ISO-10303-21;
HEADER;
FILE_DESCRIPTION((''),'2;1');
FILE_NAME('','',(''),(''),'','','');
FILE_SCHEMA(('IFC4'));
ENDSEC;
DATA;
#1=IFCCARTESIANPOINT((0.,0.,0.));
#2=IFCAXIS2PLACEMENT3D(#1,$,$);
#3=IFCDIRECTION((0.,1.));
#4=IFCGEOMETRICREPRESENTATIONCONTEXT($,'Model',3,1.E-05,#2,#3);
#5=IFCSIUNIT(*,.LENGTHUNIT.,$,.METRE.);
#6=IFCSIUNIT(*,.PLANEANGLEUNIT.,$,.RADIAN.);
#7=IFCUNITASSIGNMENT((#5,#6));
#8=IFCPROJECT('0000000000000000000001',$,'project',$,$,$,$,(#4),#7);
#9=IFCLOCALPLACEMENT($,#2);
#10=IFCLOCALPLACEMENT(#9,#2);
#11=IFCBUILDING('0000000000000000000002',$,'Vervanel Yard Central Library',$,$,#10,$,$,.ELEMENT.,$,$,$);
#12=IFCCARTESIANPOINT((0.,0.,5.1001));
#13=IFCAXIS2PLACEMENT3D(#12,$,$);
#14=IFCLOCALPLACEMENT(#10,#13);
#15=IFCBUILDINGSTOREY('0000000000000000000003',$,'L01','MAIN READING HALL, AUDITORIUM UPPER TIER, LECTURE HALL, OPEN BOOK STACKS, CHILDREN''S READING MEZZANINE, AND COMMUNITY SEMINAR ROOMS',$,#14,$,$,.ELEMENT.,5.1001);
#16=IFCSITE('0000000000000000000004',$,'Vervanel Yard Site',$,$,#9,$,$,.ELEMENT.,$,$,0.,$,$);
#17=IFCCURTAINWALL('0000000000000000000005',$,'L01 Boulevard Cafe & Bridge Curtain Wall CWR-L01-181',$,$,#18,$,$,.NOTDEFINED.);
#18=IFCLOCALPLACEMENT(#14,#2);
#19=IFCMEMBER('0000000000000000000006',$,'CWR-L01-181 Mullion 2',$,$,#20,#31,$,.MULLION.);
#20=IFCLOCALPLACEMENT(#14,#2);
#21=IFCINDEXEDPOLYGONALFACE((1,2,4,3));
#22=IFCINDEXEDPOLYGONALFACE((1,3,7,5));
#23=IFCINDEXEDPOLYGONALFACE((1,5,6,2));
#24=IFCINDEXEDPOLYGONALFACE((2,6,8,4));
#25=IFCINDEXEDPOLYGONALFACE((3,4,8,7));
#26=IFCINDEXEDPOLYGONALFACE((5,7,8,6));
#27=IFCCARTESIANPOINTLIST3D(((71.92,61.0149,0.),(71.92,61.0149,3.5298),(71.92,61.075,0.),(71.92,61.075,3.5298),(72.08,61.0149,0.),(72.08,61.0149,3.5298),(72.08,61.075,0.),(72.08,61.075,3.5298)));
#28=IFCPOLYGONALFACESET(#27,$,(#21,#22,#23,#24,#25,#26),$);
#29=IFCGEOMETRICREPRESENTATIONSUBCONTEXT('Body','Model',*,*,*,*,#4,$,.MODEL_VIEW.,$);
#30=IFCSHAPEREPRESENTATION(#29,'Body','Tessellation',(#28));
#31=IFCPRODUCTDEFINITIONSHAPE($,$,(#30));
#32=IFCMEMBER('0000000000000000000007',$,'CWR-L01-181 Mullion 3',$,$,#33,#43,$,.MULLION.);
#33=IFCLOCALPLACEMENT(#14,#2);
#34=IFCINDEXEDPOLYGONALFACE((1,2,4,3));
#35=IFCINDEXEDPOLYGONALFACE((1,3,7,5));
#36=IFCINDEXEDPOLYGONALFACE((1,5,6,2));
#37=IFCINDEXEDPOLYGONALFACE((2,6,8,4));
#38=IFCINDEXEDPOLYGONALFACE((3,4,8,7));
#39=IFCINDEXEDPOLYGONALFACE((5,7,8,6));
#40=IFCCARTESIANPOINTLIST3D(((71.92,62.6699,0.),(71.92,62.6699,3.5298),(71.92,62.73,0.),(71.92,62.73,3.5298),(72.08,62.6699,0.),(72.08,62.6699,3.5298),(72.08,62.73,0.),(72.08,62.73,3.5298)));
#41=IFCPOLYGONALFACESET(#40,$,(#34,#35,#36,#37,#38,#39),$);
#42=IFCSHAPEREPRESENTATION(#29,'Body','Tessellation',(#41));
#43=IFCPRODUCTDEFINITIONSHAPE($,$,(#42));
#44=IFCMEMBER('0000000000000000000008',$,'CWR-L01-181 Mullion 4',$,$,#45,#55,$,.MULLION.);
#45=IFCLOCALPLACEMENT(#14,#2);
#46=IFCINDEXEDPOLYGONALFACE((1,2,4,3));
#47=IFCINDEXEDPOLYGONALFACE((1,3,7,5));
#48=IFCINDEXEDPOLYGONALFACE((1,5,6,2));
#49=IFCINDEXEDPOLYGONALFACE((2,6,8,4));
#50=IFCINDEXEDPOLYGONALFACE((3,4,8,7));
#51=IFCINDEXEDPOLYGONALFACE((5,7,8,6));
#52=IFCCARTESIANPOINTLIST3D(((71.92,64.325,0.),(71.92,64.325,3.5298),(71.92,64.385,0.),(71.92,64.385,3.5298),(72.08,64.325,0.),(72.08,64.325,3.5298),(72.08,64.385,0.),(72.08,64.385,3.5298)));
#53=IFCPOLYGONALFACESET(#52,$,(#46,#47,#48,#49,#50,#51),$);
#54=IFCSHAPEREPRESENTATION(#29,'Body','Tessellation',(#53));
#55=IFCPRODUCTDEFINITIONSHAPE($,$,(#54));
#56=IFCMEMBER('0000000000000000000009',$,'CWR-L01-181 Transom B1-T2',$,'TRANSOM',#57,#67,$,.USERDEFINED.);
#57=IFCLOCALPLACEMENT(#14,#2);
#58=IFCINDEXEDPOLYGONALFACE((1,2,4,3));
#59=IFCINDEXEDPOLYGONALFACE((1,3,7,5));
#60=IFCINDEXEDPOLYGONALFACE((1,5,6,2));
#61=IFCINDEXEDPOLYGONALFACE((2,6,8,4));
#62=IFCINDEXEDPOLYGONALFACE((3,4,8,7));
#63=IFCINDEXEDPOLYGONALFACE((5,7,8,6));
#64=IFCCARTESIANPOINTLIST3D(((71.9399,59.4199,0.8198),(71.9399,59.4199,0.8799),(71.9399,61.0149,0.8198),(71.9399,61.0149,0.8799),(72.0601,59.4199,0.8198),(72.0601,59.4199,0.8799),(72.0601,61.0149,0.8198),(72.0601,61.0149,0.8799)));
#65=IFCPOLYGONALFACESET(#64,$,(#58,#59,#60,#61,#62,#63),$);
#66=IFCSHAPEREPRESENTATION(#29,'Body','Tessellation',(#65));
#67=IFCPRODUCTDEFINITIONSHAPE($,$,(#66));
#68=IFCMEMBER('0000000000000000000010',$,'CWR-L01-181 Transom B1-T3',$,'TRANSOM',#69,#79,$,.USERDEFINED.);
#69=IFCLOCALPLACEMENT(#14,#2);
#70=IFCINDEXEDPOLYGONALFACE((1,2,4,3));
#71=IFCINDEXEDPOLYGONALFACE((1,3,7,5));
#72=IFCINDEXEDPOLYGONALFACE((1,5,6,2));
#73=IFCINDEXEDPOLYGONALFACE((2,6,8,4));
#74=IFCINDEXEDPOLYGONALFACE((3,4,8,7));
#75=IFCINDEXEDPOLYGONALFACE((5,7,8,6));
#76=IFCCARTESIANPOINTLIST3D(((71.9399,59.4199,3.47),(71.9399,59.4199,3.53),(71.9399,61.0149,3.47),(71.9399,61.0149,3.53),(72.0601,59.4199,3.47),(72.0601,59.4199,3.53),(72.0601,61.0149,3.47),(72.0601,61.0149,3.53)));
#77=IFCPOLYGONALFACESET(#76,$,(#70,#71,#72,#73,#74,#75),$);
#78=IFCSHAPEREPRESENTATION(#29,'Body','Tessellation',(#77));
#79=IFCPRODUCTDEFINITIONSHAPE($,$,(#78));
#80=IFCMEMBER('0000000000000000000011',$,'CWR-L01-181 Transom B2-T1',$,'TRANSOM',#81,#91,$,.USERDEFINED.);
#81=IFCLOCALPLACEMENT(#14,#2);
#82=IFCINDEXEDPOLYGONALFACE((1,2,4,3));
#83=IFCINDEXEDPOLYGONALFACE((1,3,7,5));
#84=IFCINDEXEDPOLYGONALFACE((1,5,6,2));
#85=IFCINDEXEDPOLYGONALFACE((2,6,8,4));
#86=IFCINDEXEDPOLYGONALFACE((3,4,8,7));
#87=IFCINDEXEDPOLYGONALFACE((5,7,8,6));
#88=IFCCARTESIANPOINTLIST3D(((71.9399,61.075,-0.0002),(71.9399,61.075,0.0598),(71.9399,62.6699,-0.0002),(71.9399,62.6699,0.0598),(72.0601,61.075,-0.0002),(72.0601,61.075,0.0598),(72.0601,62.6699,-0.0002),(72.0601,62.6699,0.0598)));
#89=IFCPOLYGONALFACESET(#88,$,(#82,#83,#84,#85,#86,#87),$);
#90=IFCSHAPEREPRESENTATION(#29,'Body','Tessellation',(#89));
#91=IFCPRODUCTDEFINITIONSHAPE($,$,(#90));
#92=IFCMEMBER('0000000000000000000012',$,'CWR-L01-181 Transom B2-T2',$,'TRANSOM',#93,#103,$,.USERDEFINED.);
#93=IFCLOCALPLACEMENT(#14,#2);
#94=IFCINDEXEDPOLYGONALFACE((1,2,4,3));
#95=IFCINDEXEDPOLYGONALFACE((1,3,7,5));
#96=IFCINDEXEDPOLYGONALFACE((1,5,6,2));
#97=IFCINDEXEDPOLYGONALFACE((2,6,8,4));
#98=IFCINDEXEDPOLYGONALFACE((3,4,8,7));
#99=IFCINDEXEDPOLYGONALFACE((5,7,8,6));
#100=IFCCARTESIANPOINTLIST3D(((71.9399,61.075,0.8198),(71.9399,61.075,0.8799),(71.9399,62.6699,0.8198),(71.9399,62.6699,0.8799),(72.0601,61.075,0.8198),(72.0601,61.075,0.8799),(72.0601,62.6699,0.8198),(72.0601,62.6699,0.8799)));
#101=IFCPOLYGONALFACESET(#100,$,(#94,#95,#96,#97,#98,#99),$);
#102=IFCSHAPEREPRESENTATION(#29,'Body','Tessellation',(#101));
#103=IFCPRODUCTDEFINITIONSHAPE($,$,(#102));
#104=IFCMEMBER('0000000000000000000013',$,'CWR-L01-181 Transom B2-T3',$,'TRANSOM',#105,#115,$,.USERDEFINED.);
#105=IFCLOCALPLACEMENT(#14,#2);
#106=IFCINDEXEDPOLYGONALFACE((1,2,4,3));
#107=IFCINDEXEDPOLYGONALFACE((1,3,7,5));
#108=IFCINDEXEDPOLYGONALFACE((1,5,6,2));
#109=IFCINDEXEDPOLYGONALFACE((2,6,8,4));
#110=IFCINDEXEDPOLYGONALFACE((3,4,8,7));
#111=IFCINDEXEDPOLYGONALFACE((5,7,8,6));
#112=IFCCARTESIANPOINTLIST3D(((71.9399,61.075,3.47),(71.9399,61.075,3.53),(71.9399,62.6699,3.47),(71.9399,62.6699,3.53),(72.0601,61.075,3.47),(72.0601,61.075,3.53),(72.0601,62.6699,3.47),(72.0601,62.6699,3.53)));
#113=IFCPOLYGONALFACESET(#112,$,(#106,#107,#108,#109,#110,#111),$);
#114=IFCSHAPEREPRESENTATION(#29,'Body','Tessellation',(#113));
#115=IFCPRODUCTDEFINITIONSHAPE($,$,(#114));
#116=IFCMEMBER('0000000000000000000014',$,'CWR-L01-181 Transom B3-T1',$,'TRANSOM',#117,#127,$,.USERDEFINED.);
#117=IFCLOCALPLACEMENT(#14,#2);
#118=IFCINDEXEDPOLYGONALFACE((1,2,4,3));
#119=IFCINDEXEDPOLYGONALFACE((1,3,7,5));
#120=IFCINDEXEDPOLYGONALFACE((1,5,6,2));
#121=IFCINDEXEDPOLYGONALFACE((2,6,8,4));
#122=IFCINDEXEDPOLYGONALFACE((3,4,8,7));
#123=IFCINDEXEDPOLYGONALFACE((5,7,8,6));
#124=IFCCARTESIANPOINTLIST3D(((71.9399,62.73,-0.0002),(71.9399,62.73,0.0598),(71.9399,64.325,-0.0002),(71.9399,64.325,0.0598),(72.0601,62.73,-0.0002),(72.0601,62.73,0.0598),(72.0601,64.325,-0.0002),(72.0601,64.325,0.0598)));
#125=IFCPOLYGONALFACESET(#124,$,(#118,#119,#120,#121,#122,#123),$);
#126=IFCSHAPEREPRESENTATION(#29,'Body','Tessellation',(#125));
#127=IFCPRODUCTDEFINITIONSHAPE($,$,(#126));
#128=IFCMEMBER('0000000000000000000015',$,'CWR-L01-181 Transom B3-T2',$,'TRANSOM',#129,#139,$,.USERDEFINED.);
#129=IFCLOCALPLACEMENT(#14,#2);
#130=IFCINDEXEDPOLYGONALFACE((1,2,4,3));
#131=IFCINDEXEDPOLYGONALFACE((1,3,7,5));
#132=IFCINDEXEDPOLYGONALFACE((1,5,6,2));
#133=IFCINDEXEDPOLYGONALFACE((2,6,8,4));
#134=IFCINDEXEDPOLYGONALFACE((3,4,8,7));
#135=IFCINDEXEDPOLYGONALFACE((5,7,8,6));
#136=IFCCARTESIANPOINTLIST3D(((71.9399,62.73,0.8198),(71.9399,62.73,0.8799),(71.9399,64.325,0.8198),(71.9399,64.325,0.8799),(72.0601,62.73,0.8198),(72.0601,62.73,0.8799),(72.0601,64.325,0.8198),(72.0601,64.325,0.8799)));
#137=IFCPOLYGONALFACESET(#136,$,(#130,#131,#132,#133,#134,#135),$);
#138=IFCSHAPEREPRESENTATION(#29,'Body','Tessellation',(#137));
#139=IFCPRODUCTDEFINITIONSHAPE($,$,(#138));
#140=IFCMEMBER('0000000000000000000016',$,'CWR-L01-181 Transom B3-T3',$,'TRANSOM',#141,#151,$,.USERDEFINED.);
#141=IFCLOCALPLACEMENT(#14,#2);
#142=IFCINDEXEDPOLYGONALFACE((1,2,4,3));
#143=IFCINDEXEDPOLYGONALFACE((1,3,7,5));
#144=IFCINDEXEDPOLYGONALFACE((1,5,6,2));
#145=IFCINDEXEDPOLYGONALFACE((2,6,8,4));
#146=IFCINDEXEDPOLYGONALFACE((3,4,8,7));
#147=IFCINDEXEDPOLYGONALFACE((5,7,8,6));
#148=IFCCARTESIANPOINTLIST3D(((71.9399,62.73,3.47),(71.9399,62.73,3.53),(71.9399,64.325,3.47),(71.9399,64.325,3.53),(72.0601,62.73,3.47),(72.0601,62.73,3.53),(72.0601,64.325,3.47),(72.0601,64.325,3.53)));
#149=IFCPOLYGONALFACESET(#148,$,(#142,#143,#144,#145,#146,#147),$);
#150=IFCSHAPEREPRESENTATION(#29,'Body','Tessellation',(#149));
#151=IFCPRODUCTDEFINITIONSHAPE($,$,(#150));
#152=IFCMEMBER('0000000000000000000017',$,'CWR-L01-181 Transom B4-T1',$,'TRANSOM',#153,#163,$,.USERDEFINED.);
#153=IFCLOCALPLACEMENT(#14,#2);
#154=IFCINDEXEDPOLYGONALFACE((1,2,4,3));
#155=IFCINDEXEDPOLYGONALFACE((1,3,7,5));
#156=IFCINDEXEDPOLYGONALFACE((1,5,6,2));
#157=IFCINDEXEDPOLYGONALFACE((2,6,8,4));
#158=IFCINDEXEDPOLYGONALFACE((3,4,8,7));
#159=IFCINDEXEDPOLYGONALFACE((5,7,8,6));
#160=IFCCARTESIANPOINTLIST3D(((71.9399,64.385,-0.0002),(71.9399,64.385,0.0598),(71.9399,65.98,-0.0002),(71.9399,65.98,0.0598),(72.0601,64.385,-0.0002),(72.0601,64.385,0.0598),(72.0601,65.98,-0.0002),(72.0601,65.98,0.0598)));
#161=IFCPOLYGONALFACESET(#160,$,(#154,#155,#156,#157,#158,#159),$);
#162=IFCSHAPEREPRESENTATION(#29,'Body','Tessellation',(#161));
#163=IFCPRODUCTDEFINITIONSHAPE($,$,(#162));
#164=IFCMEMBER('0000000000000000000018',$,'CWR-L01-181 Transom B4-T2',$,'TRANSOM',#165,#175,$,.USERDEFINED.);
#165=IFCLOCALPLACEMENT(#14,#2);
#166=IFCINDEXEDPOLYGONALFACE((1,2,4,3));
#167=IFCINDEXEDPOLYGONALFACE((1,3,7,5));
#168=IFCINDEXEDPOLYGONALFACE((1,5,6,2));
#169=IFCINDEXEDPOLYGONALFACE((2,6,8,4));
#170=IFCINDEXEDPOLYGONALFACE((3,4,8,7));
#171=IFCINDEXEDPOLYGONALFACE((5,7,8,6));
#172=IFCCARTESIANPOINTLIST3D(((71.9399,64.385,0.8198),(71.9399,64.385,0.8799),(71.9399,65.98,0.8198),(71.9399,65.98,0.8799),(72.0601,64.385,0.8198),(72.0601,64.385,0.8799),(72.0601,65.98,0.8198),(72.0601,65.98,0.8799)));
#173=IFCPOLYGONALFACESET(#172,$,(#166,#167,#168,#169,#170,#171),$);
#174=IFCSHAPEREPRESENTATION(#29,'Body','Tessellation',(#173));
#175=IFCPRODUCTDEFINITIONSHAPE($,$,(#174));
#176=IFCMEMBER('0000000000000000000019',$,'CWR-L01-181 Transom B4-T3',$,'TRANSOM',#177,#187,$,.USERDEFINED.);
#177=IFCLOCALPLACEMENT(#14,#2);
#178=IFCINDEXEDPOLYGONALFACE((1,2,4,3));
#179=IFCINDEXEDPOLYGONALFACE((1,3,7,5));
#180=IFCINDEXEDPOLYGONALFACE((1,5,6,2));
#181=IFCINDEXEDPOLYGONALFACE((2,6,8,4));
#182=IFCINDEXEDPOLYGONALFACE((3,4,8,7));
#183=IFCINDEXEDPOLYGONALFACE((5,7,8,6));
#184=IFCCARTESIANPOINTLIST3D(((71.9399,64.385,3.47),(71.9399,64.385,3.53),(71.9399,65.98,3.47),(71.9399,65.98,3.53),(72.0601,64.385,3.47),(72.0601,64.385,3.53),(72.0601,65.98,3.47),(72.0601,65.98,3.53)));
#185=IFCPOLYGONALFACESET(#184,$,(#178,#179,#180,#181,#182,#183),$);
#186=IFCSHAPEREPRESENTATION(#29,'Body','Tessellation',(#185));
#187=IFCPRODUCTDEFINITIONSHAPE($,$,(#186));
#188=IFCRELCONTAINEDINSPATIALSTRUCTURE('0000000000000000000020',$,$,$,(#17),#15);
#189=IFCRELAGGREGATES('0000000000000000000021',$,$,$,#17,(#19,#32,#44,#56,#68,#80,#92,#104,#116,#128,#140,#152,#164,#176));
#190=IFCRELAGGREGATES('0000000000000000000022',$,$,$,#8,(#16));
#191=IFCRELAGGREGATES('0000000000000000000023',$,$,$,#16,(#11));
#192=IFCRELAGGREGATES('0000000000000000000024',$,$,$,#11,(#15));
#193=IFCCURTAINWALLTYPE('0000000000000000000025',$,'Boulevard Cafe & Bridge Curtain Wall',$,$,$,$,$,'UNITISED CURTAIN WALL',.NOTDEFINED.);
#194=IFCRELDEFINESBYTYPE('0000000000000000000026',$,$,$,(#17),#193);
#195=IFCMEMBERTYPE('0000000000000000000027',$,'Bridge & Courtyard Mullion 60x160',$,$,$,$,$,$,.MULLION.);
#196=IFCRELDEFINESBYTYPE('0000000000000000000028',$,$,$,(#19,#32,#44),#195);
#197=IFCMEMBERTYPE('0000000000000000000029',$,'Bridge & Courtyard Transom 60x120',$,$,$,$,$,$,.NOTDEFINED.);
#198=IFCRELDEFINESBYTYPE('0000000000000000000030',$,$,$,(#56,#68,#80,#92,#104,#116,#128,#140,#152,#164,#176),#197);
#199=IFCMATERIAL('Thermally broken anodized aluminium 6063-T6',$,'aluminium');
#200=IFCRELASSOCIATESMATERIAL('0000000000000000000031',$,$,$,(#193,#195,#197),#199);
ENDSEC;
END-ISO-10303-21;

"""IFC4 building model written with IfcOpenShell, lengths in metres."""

from ifc_helpers import new_model, si_unit, direction, frame, origin, origin_2d, place, context, subcontext, project, spatial, rectangle, extrude, material, material_profile, profile_set, type_object, element, aggregate, save


model = new_model("IFC4")

# Units and contexts
model_context = context("Model", 3, precision=1e-05, world=origin(), true_north=direction((0.0, 1.0)))
body_context = subcontext(model_context, "Body", "Model", "MODEL_VIEW")
ifc_project = project(units=[si_unit("LENGTHUNIT", "METRE"), si_unit("PLANEANGLEUNIT", "RADIAN")], contexts=[model_context])

# Site, building, storey
site_placement = place(None, origin())
site = spatial("IfcSite", under=ifc_project, at=site_placement, Name="Vervanel Yard Site", CompositionType="ELEMENT", RefElevation=0.0)
building_placement = place(site_placement, origin())
building = spatial("IfcBuilding", under=site, at=building_placement, Name="Vervanel Yard Central Library", CompositionType="ELEMENT")
storey_placement = place(building_placement, frame((0.0, 0.0, 5.1001)))
storey = spatial("IfcBuildingStorey", under=building, at=storey_placement, Name="L01", Description="MAIN READING HALL, AUDITORIUM UPPER TIER, LECTURE HALL, OPEN BOOK STACKS, CHILDREN'S READING MEZZANINE, AND COMMUNITY SEMINAR ROOMS", CompositionType="ELEMENT", Elevation=5.1001)

# Curtain wall, members
ifc_material_1 = material(Name="Thermally broken anodized aluminium 6063-T6", Category="aluminium")
curtain_wall_type = type_object("IfcCurtainWallType", Name="Boulevard Cafe & Bridge Curtain Wall", ElementType="UNITISED CURTAIN WALL", PredefinedType="NOTDEFINED", material=ifc_material_1)
curtain_wall_placement = place(storey_placement, origin())
curtain_wall = element("IfcCurtainWall", 1, at=curtain_wall_placement, inside=storey, type_object=curtain_wall_type, Name="L01 Boulevard Cafe & Bridge Curtain Wall CWR-L01-181", PredefinedType="NOTDEFINED")
ifc_material_profile_1 = material_profile(ifc_material_1, rectangle(XDim=0.0601, YDim=0.1599, at=origin_2d()), Name="ALU 60x160", Category="aluminium")
ifc_profile_set_1 = profile_set([ifc_material_profile_1], Name="Thermally broken anodized aluminium 6063-T6")
member_type_1 = type_object("IfcMemberType", Name="Bridge & Courtyard Mullion 60x160", PredefinedType="MULLION", material=ifc_profile_set_1)
member_1_placement = place(storey_placement, frame((72.0, 61.0449, 0.0), z_axis=(0.0, 0.0, 1.0), x_axis=(0.0, 1.0, 0.0)))
member_1 = element("IfcMember", 2, at=member_1_placement, type_object=member_type_1, Name="CWR-L01-181 Mullion 2", PredefinedType="MULLION", context=body_context, shape_type="SweptSolid", body=[
    extrude(rectangle(XDim=0.0601, YDim=0.1599, at=origin_2d()), origin(), (0.0, 0.0, 1.0), 3.5298),
])
member_2_placement = place(storey_placement, frame((72.0, 62.7, 0.0), z_axis=(0.0, 0.0, 1.0), x_axis=(0.0, 1.0, 0.0)))
member_2 = element("IfcMember", 3, at=member_2_placement, type_object=member_type_1, Name="CWR-L01-181 Mullion 3", PredefinedType="MULLION", context=body_context, shape_type="SweptSolid", body=[
    extrude(rectangle(XDim=0.0601, YDim=0.1599, at=origin_2d()), origin(), (0.0, 0.0, 1.0), 3.5298),
])
member_3_placement = place(storey_placement, frame((72.0, 64.355, 0.0), z_axis=(0.0, 0.0, 1.0), x_axis=(0.0, 1.0, 0.0)))
member_3 = element("IfcMember", 4, at=member_3_placement, type_object=member_type_1, Name="CWR-L01-181 Mullion 4", PredefinedType="MULLION", context=body_context, shape_type="SweptSolid", body=[
    extrude(rectangle(XDim=0.0601, YDim=0.1599, at=origin_2d()), origin(), (0.0, 0.0, 1.0), 3.5298),
])
ifc_material_profile_2 = material_profile(ifc_material_1, rectangle(XDim=0.0601, YDim=0.1201, at=origin_2d()), Name="ALU 60x120", Category="aluminium")
ifc_profile_set_2 = profile_set([ifc_material_profile_2], Name="Thermally broken anodized aluminium 6063-T6")
member_type_2 = type_object("IfcMemberType", Name="Bridge & Courtyard Transom 60x120", PredefinedType="NOTDEFINED", material=ifc_profile_set_2)
member_4_placement = place(storey_placement, frame((72.0, 59.4199, 0.8499), z_axis=(0.0, 1.0, 0.0), x_axis=(0.0, 0.0, 1.0)))
member_4 = element("IfcMember", 5, at=member_4_placement, type_object=member_type_2, Name="CWR-L01-181 Transom B1-T2", ObjectType="TRANSOM", PredefinedType="USERDEFINED", context=body_context, shape_type="SweptSolid", body=[
    extrude(rectangle(XDim=0.0601, YDim=0.1201, at=origin_2d()), origin(), (0.0, 0.0, 1.0), 1.595),
])
member_5_placement = place(storey_placement, frame((72.0, 59.4199, 3.5), z_axis=(0.0, 1.0, 0.0), x_axis=(0.0, 0.0, 1.0)))
member_5 = element("IfcMember", 6, at=member_5_placement, type_object=member_type_2, Name="CWR-L01-181 Transom B1-T3", ObjectType="TRANSOM", PredefinedType="USERDEFINED", context=body_context, shape_type="SweptSolid", body=[
    extrude(rectangle(XDim=0.0601, YDim=0.1201, at=origin_2d()), origin(), (0.0, 0.0, 1.0), 1.595),
])
member_6_placement = place(storey_placement, frame((72.0, 61.075, 0.0298), z_axis=(0.0, 1.0, 0.0), x_axis=(0.0, 0.0, 1.0)))
member_6 = element("IfcMember", 7, at=member_6_placement, type_object=member_type_2, Name="CWR-L01-181 Transom B2-T1", ObjectType="TRANSOM", PredefinedType="USERDEFINED", context=body_context, shape_type="SweptSolid", body=[
    extrude(rectangle(XDim=0.0601, YDim=0.1201, at=origin_2d()), origin(), (0.0, 0.0, 1.0), 1.595),
])
member_7_placement = place(storey_placement, frame((72.0, 61.075, 0.8499), z_axis=(0.0, 1.0, 0.0), x_axis=(0.0, 0.0, 1.0)))
member_7 = element("IfcMember", 8, at=member_7_placement, type_object=member_type_2, Name="CWR-L01-181 Transom B2-T2", ObjectType="TRANSOM", PredefinedType="USERDEFINED", context=body_context, shape_type="SweptSolid", body=[
    extrude(rectangle(XDim=0.0601, YDim=0.1201, at=origin_2d()), origin(), (0.0, 0.0, 1.0), 1.595),
])
member_8_placement = place(storey_placement, frame((72.0, 61.075, 3.5), z_axis=(0.0, 1.0, 0.0), x_axis=(0.0, 0.0, 1.0)))
member_8 = element("IfcMember", 9, at=member_8_placement, type_object=member_type_2, Name="CWR-L01-181 Transom B2-T3", ObjectType="TRANSOM", PredefinedType="USERDEFINED", context=body_context, shape_type="SweptSolid", body=[
    extrude(rectangle(XDim=0.0601, YDim=0.1201, at=origin_2d()), origin(), (0.0, 0.0, 1.0), 1.595),
])
member_9_placement = place(storey_placement, frame((72.0, 62.73, 0.0298), z_axis=(0.0, 1.0, 0.0), x_axis=(0.0, 0.0, 1.0)))
member_9 = element("IfcMember", 10, at=member_9_placement, type_object=member_type_2, Name="CWR-L01-181 Transom B3-T1", ObjectType="TRANSOM", PredefinedType="USERDEFINED", context=body_context, shape_type="SweptSolid", body=[
    extrude(rectangle(XDim=0.0601, YDim=0.1201, at=origin_2d()), origin(), (0.0, 0.0, 1.0), 1.595),
])
member_10_placement = place(storey_placement, frame((72.0, 62.73, 0.8499), z_axis=(0.0, 1.0, 0.0), x_axis=(0.0, 0.0, 1.0)))
member_10 = element("IfcMember", 11, at=member_10_placement, type_object=member_type_2, Name="CWR-L01-181 Transom B3-T2", ObjectType="TRANSOM", PredefinedType="USERDEFINED", context=body_context, shape_type="SweptSolid", body=[
    extrude(rectangle(XDim=0.0601, YDim=0.1201, at=origin_2d()), origin(), (0.0, 0.0, 1.0), 1.595),
])
member_11_placement = place(storey_placement, frame((72.0, 62.73, 3.5), z_axis=(0.0, 1.0, 0.0), x_axis=(0.0, 0.0, 1.0)))
member_11 = element("IfcMember", 12, at=member_11_placement, type_object=member_type_2, Name="CWR-L01-181 Transom B3-T3", ObjectType="TRANSOM", PredefinedType="USERDEFINED", context=body_context, shape_type="SweptSolid", body=[
    extrude(rectangle(XDim=0.0601, YDim=0.1201, at=origin_2d()), origin(), (0.0, 0.0, 1.0), 1.595),
])
member_12_placement = place(storey_placement, frame((72.0, 64.385, 0.0298), z_axis=(0.0, 1.0, 0.0), x_axis=(0.0, 0.0, 1.0)))
member_12 = element("IfcMember", 13, at=member_12_placement, type_object=member_type_2, Name="CWR-L01-181 Transom B4-T1", ObjectType="TRANSOM", PredefinedType="USERDEFINED", context=body_context, shape_type="SweptSolid", body=[
    extrude(rectangle(XDim=0.0601, YDim=0.1201, at=origin_2d()), origin(), (0.0, 0.0, 1.0), 1.595),
])
member_13_placement = place(storey_placement, frame((72.0, 64.385, 0.8499), z_axis=(0.0, 1.0, 0.0), x_axis=(0.0, 0.0, 1.0)))
member_13 = element("IfcMember", 14, at=member_13_placement, type_object=member_type_2, Name="CWR-L01-181 Transom B4-T2", ObjectType="TRANSOM", PredefinedType="USERDEFINED", context=body_context, shape_type="SweptSolid", body=[
    extrude(rectangle(XDim=0.0601, YDim=0.1201, at=origin_2d()), origin(), (0.0, 0.0, 1.0), 1.595),
])
member_14_placement = place(storey_placement, frame((72.0, 64.385, 3.5), z_axis=(0.0, 1.0, 0.0), x_axis=(0.0, 0.0, 1.0)))
member_14 = element("IfcMember", 15, at=member_14_placement, type_object=member_type_2, Name="CWR-L01-181 Transom B4-T3", ObjectType="TRANSOM", PredefinedType="USERDEFINED", context=body_context, shape_type="SweptSolid", body=[
    extrude(rectangle(XDim=0.0601, YDim=0.1201, at=origin_2d()), origin(), (0.0, 0.0, 1.0), 1.595),
])

aggregate(curtain_wall, [member_1, member_2, member_3, member_4, member_5, member_6, member_7, member_8, member_9, member_10, member_11, member_12, member_13, member_14])

save(model, "model.ifc")
